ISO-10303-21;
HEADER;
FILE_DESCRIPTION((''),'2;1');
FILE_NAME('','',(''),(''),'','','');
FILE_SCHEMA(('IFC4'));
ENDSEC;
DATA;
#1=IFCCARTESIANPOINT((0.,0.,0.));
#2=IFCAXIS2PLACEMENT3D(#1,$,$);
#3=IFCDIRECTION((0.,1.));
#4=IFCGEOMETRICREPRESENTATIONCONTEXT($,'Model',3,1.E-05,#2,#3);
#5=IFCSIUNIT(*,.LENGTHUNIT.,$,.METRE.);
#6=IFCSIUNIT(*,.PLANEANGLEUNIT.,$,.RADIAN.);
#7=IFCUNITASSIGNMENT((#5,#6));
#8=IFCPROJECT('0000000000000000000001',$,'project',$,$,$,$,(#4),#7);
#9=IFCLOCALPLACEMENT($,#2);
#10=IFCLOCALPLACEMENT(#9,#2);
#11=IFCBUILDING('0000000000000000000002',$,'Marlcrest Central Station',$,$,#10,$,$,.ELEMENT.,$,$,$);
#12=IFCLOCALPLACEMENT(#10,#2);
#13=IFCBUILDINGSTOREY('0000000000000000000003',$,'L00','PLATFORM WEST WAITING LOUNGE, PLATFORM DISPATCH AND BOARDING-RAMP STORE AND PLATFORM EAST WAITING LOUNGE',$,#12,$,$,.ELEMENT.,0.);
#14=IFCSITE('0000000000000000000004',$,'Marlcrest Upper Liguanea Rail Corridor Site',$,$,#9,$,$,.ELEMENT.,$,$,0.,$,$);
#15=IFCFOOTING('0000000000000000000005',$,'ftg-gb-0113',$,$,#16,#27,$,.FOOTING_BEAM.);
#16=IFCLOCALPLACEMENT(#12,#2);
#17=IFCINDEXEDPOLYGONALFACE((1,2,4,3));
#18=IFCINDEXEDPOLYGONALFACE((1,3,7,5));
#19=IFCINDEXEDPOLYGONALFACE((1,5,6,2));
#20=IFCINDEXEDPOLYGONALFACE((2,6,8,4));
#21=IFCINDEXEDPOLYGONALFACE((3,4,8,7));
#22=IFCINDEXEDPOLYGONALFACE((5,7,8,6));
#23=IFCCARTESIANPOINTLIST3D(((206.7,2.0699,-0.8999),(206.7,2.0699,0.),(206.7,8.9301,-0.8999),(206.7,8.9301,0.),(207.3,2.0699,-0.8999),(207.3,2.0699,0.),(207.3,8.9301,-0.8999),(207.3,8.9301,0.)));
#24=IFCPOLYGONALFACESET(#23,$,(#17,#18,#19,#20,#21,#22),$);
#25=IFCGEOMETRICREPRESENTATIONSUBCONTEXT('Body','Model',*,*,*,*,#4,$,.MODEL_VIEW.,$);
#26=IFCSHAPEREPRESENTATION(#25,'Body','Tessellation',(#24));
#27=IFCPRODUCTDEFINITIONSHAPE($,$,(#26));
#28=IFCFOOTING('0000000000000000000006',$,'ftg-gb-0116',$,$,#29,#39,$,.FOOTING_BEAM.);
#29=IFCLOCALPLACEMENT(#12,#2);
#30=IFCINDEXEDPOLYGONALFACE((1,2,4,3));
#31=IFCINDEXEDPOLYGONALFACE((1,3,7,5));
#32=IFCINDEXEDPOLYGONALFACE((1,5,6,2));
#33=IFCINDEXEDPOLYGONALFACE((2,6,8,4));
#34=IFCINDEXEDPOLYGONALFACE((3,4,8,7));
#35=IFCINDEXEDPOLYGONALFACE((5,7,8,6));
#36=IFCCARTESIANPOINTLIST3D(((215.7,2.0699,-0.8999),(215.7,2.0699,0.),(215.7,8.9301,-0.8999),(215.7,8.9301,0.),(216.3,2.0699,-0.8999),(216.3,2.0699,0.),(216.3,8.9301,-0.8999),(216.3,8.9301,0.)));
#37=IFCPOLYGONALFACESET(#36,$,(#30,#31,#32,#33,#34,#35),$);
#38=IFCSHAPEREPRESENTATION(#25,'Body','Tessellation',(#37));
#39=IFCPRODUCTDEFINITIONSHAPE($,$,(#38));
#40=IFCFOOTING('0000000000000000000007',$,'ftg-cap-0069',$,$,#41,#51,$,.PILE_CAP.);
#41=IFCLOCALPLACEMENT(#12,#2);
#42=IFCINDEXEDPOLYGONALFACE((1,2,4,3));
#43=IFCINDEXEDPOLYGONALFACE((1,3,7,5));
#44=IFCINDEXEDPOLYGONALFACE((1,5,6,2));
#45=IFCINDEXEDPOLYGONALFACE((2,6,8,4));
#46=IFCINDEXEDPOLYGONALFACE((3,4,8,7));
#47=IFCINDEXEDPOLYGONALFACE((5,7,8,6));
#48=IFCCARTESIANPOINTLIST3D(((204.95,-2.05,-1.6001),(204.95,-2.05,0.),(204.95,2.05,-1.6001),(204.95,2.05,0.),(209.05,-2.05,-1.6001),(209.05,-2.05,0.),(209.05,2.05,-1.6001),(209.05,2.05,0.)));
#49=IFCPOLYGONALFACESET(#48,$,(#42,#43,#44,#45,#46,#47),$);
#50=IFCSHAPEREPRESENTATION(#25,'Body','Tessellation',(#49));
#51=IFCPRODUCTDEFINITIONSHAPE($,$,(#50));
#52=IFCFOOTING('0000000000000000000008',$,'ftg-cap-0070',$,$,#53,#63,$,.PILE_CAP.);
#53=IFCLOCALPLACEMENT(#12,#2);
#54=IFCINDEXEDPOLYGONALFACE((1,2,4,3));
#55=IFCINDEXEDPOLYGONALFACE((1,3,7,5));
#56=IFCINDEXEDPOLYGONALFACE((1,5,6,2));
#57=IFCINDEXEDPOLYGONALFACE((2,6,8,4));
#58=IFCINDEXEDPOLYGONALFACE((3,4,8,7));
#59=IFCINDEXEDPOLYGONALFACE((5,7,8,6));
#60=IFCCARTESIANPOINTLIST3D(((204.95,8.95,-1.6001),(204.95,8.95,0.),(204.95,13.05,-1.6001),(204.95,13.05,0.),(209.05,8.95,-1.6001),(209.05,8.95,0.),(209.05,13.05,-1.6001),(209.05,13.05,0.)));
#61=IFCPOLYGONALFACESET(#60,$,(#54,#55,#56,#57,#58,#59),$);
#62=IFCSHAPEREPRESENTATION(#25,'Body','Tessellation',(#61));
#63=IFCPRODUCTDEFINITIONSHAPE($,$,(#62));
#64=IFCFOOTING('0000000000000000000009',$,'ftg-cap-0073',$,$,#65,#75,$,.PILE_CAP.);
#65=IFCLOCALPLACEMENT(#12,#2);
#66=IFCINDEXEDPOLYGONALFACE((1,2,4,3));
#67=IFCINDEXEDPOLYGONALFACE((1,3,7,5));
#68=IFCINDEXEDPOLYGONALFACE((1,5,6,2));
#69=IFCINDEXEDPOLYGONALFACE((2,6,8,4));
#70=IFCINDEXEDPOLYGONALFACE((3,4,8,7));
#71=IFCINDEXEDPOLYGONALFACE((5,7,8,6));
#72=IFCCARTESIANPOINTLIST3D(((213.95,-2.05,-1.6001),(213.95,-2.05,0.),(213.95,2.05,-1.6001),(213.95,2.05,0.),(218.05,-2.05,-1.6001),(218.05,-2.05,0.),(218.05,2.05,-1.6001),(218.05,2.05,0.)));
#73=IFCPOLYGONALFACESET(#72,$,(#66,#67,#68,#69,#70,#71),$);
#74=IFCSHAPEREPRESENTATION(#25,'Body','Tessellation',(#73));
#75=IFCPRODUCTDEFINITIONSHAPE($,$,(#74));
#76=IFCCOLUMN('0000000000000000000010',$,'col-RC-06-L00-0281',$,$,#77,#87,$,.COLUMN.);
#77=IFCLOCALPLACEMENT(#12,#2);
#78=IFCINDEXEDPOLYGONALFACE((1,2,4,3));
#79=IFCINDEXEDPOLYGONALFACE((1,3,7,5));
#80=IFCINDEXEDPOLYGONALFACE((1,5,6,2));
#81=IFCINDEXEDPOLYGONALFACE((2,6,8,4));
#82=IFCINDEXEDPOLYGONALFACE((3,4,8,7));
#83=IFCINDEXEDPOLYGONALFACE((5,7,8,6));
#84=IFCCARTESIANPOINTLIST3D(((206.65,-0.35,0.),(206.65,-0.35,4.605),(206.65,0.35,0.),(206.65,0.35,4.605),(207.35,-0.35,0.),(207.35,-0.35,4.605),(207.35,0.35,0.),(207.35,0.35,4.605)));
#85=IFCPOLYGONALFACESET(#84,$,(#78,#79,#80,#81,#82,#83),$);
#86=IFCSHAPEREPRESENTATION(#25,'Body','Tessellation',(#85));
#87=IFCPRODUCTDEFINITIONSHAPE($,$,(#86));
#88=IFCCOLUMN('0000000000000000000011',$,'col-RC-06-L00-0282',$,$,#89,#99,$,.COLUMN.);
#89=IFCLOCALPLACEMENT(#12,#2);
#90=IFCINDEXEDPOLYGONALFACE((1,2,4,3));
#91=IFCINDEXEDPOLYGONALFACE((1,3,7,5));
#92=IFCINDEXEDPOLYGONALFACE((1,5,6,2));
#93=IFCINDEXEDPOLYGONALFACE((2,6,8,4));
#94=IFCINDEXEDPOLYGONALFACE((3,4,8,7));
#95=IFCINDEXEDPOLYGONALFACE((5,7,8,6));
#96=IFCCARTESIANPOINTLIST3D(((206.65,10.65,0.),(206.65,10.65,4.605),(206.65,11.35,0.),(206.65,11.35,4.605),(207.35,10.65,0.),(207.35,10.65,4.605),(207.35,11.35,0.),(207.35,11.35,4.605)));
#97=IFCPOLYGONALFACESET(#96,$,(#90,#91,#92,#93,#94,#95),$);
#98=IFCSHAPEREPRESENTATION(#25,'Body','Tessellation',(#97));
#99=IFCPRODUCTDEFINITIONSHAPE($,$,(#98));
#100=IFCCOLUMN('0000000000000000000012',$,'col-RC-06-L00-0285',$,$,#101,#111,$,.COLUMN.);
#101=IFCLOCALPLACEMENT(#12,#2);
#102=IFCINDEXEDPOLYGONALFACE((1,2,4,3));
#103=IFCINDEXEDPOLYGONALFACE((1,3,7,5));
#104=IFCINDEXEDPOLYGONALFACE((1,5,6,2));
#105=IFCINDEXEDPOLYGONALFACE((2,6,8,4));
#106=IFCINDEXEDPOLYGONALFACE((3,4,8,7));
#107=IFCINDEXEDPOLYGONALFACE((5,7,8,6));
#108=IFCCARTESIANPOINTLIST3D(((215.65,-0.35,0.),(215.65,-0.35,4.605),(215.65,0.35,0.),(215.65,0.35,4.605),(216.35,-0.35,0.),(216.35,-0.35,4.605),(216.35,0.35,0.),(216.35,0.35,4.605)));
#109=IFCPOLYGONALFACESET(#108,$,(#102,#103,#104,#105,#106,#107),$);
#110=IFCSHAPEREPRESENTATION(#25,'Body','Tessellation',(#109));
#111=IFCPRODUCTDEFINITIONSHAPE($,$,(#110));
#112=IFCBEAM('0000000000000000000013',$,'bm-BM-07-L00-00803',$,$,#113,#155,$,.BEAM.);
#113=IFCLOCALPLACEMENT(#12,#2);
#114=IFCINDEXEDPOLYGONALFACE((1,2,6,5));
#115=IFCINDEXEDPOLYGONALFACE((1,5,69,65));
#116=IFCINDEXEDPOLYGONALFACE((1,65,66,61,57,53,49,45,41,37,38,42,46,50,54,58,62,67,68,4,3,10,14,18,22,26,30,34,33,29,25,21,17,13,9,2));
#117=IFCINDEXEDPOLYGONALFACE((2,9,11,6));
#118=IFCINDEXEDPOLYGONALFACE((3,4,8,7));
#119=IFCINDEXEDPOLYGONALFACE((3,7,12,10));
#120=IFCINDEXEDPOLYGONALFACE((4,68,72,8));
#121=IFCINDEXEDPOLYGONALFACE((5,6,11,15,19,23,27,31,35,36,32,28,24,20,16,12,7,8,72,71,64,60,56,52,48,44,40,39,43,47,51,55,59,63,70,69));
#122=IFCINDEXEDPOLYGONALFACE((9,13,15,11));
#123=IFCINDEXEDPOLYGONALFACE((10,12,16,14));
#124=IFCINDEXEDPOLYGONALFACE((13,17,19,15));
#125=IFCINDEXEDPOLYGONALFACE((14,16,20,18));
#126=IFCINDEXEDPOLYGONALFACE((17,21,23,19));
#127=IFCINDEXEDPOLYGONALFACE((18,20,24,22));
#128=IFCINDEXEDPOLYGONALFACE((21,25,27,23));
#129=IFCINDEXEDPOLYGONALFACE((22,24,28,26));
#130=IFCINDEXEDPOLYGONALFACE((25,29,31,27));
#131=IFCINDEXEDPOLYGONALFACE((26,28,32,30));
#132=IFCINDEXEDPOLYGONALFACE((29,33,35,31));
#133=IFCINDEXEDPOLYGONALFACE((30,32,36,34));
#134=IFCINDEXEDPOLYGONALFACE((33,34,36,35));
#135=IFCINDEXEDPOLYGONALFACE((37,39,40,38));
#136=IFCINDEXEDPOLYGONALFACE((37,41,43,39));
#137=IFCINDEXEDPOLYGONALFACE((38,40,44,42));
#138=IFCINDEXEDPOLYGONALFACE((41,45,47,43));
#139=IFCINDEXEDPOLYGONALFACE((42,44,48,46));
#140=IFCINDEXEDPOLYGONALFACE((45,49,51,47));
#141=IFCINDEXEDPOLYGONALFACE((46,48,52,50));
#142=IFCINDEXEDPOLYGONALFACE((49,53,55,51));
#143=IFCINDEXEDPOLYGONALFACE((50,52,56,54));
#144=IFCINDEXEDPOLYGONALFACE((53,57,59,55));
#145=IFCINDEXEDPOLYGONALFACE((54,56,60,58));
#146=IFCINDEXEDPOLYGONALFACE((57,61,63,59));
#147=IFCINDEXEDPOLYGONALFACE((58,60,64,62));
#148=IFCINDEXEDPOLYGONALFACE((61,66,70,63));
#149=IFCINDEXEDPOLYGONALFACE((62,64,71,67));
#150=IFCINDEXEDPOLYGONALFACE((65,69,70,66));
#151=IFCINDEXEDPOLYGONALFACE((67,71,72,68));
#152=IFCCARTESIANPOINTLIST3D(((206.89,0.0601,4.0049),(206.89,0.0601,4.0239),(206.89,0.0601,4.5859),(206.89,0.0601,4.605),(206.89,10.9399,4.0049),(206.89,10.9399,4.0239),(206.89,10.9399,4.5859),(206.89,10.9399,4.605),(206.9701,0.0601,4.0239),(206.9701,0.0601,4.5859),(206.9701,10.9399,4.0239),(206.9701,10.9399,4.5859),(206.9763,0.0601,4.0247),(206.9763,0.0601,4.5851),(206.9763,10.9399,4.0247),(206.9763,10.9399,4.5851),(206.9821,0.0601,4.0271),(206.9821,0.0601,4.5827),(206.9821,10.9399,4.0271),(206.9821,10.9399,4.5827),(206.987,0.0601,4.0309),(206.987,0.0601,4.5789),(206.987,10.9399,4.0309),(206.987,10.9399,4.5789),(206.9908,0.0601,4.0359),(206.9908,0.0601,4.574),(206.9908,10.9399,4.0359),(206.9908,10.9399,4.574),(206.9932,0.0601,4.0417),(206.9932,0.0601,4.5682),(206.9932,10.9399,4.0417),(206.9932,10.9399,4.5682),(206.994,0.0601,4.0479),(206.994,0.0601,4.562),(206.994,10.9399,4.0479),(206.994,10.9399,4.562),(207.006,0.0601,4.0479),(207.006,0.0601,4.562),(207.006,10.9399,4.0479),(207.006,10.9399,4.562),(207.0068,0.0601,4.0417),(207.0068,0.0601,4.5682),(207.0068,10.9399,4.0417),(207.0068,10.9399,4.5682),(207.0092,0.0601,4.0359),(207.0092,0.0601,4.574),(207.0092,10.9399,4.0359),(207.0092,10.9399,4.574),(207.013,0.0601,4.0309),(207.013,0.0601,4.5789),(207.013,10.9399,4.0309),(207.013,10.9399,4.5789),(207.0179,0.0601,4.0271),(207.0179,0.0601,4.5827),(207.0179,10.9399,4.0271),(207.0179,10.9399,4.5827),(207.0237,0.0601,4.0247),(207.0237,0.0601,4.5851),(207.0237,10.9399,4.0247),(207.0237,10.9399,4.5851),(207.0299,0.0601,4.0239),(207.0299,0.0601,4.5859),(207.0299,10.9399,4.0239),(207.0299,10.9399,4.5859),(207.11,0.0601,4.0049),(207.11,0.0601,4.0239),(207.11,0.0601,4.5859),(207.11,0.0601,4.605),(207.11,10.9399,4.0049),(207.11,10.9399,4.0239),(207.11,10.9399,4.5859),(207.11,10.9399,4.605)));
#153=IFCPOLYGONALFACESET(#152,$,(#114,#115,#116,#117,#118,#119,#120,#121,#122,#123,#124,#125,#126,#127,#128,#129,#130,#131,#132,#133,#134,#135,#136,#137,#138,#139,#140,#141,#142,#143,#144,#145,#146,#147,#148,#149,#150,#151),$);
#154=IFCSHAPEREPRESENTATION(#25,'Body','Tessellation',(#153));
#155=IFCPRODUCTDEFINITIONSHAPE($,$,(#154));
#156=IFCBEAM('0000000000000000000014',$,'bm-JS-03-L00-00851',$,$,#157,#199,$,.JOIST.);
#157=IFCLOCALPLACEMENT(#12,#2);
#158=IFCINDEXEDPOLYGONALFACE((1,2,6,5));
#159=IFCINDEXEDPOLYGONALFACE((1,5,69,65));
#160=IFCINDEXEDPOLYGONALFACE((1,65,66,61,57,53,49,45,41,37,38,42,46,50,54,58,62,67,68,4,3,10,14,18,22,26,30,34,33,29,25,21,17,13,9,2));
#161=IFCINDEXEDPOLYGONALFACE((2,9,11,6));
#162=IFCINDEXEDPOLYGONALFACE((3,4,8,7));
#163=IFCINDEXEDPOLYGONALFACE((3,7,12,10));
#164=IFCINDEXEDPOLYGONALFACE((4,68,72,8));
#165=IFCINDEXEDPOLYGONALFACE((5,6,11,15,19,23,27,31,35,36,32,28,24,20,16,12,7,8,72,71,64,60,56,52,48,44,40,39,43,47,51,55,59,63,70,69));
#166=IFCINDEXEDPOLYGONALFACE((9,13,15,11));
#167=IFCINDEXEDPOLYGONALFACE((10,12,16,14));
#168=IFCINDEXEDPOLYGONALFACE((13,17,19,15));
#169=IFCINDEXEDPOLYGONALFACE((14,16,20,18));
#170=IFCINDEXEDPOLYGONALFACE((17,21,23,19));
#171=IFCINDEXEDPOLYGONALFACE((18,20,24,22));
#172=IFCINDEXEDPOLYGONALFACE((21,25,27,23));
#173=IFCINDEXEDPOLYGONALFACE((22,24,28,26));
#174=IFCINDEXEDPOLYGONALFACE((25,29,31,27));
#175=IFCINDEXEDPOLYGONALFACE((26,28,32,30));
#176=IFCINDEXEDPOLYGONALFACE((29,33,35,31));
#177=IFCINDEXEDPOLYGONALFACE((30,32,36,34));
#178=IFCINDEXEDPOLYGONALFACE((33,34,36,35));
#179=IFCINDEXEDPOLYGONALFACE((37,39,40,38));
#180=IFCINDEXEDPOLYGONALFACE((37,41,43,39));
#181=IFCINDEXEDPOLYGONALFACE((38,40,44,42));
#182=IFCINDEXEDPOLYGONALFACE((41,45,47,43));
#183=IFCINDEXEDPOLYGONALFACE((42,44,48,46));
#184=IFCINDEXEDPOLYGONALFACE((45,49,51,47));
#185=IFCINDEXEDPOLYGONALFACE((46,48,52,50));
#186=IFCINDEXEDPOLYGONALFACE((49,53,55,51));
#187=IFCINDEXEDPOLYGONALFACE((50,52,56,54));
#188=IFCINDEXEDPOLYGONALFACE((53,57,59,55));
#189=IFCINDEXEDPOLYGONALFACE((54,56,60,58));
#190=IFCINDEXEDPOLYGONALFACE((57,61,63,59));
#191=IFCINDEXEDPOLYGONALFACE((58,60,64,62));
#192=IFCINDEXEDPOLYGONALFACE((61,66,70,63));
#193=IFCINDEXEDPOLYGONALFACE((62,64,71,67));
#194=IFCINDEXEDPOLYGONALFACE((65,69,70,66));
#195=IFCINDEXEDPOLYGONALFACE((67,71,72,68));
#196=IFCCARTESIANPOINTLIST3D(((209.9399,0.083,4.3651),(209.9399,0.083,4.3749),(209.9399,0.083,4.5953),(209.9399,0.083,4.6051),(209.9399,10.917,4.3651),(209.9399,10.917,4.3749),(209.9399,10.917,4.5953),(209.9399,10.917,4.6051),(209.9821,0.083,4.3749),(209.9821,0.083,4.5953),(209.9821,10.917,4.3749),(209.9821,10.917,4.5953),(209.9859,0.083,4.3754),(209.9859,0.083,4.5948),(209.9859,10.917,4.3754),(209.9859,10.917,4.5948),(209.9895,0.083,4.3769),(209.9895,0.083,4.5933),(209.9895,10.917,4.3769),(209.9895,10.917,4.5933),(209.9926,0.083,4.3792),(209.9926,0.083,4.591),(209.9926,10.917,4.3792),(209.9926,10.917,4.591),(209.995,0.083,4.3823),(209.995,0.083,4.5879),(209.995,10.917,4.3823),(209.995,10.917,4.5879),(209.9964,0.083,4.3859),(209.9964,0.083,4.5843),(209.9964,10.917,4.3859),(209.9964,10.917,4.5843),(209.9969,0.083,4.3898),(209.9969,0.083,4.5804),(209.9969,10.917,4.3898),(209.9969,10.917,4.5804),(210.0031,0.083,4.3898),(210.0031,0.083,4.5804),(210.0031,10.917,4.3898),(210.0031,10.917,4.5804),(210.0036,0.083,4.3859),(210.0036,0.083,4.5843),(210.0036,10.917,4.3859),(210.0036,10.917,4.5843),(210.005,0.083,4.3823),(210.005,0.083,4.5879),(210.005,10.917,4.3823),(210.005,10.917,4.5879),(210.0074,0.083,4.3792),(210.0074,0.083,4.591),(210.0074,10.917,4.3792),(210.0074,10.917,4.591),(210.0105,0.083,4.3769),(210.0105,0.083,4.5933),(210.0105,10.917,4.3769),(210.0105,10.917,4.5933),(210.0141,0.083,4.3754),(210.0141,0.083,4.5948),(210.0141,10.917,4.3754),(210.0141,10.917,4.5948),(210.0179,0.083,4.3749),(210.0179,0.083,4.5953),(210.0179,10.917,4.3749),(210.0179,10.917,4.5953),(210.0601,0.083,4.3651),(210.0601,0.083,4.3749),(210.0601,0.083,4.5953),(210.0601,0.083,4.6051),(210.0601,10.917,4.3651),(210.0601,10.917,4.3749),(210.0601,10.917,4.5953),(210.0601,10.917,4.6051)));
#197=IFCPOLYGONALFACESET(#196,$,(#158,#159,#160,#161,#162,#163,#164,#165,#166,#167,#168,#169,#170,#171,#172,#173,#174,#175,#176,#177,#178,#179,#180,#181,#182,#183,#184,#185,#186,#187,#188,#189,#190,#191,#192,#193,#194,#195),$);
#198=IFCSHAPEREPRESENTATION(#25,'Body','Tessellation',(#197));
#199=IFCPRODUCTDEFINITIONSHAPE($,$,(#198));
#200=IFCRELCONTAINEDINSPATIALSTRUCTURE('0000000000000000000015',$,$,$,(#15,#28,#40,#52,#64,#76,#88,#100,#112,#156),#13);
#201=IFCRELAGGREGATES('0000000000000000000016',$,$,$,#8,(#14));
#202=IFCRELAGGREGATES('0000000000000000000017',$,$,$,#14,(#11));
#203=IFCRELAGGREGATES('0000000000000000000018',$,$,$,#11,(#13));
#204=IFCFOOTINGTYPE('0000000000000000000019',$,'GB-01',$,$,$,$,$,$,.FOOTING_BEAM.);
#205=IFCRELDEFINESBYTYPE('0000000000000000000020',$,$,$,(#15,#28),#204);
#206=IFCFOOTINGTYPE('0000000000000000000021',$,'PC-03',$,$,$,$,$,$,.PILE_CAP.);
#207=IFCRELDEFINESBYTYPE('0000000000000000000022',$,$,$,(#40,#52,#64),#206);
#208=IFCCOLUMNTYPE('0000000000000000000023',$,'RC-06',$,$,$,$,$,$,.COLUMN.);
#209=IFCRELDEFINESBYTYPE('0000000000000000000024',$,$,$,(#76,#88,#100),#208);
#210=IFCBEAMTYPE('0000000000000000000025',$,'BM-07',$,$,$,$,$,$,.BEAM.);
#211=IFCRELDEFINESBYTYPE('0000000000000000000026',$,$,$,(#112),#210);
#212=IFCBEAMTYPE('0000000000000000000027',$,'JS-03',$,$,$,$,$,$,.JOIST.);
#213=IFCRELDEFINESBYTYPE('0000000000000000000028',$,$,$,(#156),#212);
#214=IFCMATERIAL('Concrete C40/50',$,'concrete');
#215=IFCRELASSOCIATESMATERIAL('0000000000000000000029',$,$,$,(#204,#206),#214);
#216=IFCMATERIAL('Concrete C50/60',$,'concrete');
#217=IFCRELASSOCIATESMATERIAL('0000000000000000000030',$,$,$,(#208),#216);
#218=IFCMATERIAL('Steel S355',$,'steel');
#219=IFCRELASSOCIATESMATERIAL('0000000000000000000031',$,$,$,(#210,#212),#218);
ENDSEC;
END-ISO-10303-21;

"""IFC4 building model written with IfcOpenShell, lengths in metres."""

from ifc_helpers import new_model, si_unit, direction, frame, origin, origin_2d, place, context, subcontext, project, spatial, rectangle, i_section, extrude, material, material_profile, profile_set, type_object, element, save


model = new_model("IFC4")

# Units and contexts
model_context = context("Model", 3, precision=1e-05, world=origin(), true_north=direction((0.0, 1.0)))
body_context = subcontext(model_context, "Body", "Model", "MODEL_VIEW")
ifc_project = project(units=[si_unit("LENGTHUNIT", "METRE"), si_unit("PLANEANGLEUNIT", "RADIAN")], contexts=[model_context])

# Site, building, storey
site_placement = place(None, origin())
site = spatial("IfcSite", under=ifc_project, at=site_placement, Name="Marlcrest Upper Liguanea Rail Corridor Site", CompositionType="ELEMENT", RefElevation=0.0)
building_placement = place(site_placement, origin())
building = spatial("IfcBuilding", under=site, at=building_placement, Name="Marlcrest Central Station", CompositionType="ELEMENT")
storey_placement = place(building_placement, origin())
storey = spatial("IfcBuildingStorey", under=building, at=storey_placement, Name="L00", Description="PLATFORM WEST WAITING LOUNGE, PLATFORM DISPATCH AND BOARDING-RAMP STORE AND PLATFORM EAST WAITING LOUNGE", CompositionType="ELEMENT", Elevation=0.0)

# Footings
ifc_material_1 = material(Name="Concrete C40/50", Category="concrete")
footing_type_1 = type_object("IfcFootingType", Name="GB-01", PredefinedType="FOOTING_BEAM", material=ifc_material_1)
for number, where, z_axis, x_axis, name in (
    (1, (207.0, 5.5, -0.8999), (0.0, 0.0, 1.0), (1.0, 0.0, 0.0), "ftg-gb-0113"),
    (2, (216.0, 5.5, -0.8999), (0.0, 0.0, 1.0), (1.0, 0.0, 0.0), "ftg-gb-0116"),
):
    element("IfcFooting", number, at=place(storey_placement, frame(where, z_axis=z_axis, x_axis=x_axis)), inside=storey, type_object=footing_type_1, Name=name, PredefinedType="FOOTING_BEAM", context=body_context, shape_type="SweptSolid", body=[
        extrude(rectangle(XDim=0.6001, YDim=6.8601, at=origin_2d()), origin(), (0.0, 0.0, 1.0), 0.8999),
    ])
footing_type_2 = type_object("IfcFootingType", Name="PC-03", PredefinedType="PILE_CAP", material=ifc_material_1)
for number, where, z_axis, x_axis, name in (
    (3, (207.0, 0.0, -1.6001), (0.0, 0.0, 1.0), (1.0, 0.0, 0.0), "ftg-cap-0069"),
    (4, (207.0, 11.0, -1.6001), (0.0, 0.0, 1.0), (1.0, 0.0, 0.0), "ftg-cap-0070"),
    (5, (216.0, 0.0, -1.6001), (0.0, 0.0, 1.0), (1.0, 0.0, 0.0), "ftg-cap-0073"),
):
    element("IfcFooting", number, at=place(storey_placement, frame(where, z_axis=z_axis, x_axis=x_axis)), inside=storey, type_object=footing_type_2, Name=name, PredefinedType="PILE_CAP", context=body_context, shape_type="SweptSolid", body=[
        extrude(rectangle(XDim=4.1001, YDim=4.1001, at=origin_2d()), origin(), (0.0, 0.0, 1.0), 1.6001),
    ])

# Columns
ifc_material_2 = material(Name="Concrete C50/60", Category="concrete")
ifc_material_profile_1 = material_profile(ifc_material_2, rectangle(XDim=0.7, YDim=0.7, at=origin_2d()), Name="RC 700x700")
ifc_profile_set_1 = profile_set([ifc_material_profile_1], Name="Concrete C50/60")
column_type = type_object("IfcColumnType", Name="RC-06", PredefinedType="COLUMN", material=ifc_profile_set_1)
for number, where, z_axis, x_axis, name in (
    (6, (207.0, 0.0, 0.0), (0.0, 0.0, 1.0), (1.0, 0.0, 0.0), "col-RC-06-L00-0281"),
    (7, (207.0, 11.0, 0.0), (0.0, 0.0, 1.0), (1.0, 0.0, 0.0), "col-RC-06-L00-0282"),
    (8, (216.0, 0.0, 0.0), (0.0, 0.0, 1.0), (1.0, 0.0, 0.0), "col-RC-06-L00-0285"),
):
    element("IfcColumn", number, at=place(storey_placement, frame(where, z_axis=z_axis, x_axis=x_axis)), inside=storey, type_object=column_type, Name=name, PredefinedType="COLUMN", context=body_context, shape_type="SweptSolid", body=[
        extrude(rectangle(XDim=0.7, YDim=0.7, at=origin_2d()), origin(), (0.0, 0.0, 1.0), 4.605),
    ])

# Beams
ifc_material_3 = material(Name="Steel S355", Category="steel")
ifc_material_profile_2 = material_profile(ifc_material_3, i_section(OverallWidth=0.22, OverallDepth=0.6001, WebThickness=0.012, FlangeThickness=0.019, FilletRadius=0.0239, at=origin_2d()), Name="IPE 600")
ifc_profile_set_2 = profile_set([ifc_material_profile_2], Name="Steel S355")
beam_type_1 = type_object("IfcBeamType", Name="BM-07", PredefinedType="BEAM", material=ifc_profile_set_2)
beam_1_placement = place(storey_placement, frame((207.0, 0.0601, 4.3049), z_axis=(0.0, 1.0, 0.0), x_axis=(-1.0, 0.0, 0.0)))
element("IfcBeam", 9, at=beam_1_placement, inside=storey, type_object=beam_type_1, Name="bm-BM-07-L00-00803", PredefinedType="BEAM", context=body_context, shape_type="SweptSolid", body=[
    extrude(i_section(OverallWidth=0.22, OverallDepth=0.6001, WebThickness=0.012, FlangeThickness=0.019, FilletRadius=0.0239, at=origin_2d()), origin(), (0.0, 0.0, 1.0), 10.8799),
])
ifc_material_profile_3 = material_profile(ifc_material_3, i_section(OverallWidth=0.1201, OverallDepth=0.24, WebThickness=0.0061, FlangeThickness=0.0098, FilletRadius=0.0149, at=origin_2d()), Name="IPE 240")
ifc_profile_set_3 = profile_set([ifc_material_profile_3], Name="Steel S355")
beam_type_2 = type_object("IfcBeamType", Name="JS-03", PredefinedType="JOIST", material=ifc_profile_set_3)
for number, where, z_axis, x_axis, name in (
    (10, (210.0, 0.083, 4.4851), (0.0, 1.0, 0.0), (-1.0, 0.0, 0.0), "bm-JS-03-L00-00851"),
):
    element("IfcBeam", number, at=place(storey_placement, frame(where, z_axis=z_axis, x_axis=x_axis)), inside=storey, type_object=beam_type_2, Name=name, PredefinedType="JOIST", context=body_context, shape_type="SweptSolid", body=[
        extrude(i_section(OverallWidth=0.1201, OverallDepth=0.24, WebThickness=0.0061, FlangeThickness=0.0098, FilletRadius=0.0149, at=origin_2d()), origin(), (0.0, 0.0, 1.0), 10.834),
    ])

save(model, "model.ifc")
